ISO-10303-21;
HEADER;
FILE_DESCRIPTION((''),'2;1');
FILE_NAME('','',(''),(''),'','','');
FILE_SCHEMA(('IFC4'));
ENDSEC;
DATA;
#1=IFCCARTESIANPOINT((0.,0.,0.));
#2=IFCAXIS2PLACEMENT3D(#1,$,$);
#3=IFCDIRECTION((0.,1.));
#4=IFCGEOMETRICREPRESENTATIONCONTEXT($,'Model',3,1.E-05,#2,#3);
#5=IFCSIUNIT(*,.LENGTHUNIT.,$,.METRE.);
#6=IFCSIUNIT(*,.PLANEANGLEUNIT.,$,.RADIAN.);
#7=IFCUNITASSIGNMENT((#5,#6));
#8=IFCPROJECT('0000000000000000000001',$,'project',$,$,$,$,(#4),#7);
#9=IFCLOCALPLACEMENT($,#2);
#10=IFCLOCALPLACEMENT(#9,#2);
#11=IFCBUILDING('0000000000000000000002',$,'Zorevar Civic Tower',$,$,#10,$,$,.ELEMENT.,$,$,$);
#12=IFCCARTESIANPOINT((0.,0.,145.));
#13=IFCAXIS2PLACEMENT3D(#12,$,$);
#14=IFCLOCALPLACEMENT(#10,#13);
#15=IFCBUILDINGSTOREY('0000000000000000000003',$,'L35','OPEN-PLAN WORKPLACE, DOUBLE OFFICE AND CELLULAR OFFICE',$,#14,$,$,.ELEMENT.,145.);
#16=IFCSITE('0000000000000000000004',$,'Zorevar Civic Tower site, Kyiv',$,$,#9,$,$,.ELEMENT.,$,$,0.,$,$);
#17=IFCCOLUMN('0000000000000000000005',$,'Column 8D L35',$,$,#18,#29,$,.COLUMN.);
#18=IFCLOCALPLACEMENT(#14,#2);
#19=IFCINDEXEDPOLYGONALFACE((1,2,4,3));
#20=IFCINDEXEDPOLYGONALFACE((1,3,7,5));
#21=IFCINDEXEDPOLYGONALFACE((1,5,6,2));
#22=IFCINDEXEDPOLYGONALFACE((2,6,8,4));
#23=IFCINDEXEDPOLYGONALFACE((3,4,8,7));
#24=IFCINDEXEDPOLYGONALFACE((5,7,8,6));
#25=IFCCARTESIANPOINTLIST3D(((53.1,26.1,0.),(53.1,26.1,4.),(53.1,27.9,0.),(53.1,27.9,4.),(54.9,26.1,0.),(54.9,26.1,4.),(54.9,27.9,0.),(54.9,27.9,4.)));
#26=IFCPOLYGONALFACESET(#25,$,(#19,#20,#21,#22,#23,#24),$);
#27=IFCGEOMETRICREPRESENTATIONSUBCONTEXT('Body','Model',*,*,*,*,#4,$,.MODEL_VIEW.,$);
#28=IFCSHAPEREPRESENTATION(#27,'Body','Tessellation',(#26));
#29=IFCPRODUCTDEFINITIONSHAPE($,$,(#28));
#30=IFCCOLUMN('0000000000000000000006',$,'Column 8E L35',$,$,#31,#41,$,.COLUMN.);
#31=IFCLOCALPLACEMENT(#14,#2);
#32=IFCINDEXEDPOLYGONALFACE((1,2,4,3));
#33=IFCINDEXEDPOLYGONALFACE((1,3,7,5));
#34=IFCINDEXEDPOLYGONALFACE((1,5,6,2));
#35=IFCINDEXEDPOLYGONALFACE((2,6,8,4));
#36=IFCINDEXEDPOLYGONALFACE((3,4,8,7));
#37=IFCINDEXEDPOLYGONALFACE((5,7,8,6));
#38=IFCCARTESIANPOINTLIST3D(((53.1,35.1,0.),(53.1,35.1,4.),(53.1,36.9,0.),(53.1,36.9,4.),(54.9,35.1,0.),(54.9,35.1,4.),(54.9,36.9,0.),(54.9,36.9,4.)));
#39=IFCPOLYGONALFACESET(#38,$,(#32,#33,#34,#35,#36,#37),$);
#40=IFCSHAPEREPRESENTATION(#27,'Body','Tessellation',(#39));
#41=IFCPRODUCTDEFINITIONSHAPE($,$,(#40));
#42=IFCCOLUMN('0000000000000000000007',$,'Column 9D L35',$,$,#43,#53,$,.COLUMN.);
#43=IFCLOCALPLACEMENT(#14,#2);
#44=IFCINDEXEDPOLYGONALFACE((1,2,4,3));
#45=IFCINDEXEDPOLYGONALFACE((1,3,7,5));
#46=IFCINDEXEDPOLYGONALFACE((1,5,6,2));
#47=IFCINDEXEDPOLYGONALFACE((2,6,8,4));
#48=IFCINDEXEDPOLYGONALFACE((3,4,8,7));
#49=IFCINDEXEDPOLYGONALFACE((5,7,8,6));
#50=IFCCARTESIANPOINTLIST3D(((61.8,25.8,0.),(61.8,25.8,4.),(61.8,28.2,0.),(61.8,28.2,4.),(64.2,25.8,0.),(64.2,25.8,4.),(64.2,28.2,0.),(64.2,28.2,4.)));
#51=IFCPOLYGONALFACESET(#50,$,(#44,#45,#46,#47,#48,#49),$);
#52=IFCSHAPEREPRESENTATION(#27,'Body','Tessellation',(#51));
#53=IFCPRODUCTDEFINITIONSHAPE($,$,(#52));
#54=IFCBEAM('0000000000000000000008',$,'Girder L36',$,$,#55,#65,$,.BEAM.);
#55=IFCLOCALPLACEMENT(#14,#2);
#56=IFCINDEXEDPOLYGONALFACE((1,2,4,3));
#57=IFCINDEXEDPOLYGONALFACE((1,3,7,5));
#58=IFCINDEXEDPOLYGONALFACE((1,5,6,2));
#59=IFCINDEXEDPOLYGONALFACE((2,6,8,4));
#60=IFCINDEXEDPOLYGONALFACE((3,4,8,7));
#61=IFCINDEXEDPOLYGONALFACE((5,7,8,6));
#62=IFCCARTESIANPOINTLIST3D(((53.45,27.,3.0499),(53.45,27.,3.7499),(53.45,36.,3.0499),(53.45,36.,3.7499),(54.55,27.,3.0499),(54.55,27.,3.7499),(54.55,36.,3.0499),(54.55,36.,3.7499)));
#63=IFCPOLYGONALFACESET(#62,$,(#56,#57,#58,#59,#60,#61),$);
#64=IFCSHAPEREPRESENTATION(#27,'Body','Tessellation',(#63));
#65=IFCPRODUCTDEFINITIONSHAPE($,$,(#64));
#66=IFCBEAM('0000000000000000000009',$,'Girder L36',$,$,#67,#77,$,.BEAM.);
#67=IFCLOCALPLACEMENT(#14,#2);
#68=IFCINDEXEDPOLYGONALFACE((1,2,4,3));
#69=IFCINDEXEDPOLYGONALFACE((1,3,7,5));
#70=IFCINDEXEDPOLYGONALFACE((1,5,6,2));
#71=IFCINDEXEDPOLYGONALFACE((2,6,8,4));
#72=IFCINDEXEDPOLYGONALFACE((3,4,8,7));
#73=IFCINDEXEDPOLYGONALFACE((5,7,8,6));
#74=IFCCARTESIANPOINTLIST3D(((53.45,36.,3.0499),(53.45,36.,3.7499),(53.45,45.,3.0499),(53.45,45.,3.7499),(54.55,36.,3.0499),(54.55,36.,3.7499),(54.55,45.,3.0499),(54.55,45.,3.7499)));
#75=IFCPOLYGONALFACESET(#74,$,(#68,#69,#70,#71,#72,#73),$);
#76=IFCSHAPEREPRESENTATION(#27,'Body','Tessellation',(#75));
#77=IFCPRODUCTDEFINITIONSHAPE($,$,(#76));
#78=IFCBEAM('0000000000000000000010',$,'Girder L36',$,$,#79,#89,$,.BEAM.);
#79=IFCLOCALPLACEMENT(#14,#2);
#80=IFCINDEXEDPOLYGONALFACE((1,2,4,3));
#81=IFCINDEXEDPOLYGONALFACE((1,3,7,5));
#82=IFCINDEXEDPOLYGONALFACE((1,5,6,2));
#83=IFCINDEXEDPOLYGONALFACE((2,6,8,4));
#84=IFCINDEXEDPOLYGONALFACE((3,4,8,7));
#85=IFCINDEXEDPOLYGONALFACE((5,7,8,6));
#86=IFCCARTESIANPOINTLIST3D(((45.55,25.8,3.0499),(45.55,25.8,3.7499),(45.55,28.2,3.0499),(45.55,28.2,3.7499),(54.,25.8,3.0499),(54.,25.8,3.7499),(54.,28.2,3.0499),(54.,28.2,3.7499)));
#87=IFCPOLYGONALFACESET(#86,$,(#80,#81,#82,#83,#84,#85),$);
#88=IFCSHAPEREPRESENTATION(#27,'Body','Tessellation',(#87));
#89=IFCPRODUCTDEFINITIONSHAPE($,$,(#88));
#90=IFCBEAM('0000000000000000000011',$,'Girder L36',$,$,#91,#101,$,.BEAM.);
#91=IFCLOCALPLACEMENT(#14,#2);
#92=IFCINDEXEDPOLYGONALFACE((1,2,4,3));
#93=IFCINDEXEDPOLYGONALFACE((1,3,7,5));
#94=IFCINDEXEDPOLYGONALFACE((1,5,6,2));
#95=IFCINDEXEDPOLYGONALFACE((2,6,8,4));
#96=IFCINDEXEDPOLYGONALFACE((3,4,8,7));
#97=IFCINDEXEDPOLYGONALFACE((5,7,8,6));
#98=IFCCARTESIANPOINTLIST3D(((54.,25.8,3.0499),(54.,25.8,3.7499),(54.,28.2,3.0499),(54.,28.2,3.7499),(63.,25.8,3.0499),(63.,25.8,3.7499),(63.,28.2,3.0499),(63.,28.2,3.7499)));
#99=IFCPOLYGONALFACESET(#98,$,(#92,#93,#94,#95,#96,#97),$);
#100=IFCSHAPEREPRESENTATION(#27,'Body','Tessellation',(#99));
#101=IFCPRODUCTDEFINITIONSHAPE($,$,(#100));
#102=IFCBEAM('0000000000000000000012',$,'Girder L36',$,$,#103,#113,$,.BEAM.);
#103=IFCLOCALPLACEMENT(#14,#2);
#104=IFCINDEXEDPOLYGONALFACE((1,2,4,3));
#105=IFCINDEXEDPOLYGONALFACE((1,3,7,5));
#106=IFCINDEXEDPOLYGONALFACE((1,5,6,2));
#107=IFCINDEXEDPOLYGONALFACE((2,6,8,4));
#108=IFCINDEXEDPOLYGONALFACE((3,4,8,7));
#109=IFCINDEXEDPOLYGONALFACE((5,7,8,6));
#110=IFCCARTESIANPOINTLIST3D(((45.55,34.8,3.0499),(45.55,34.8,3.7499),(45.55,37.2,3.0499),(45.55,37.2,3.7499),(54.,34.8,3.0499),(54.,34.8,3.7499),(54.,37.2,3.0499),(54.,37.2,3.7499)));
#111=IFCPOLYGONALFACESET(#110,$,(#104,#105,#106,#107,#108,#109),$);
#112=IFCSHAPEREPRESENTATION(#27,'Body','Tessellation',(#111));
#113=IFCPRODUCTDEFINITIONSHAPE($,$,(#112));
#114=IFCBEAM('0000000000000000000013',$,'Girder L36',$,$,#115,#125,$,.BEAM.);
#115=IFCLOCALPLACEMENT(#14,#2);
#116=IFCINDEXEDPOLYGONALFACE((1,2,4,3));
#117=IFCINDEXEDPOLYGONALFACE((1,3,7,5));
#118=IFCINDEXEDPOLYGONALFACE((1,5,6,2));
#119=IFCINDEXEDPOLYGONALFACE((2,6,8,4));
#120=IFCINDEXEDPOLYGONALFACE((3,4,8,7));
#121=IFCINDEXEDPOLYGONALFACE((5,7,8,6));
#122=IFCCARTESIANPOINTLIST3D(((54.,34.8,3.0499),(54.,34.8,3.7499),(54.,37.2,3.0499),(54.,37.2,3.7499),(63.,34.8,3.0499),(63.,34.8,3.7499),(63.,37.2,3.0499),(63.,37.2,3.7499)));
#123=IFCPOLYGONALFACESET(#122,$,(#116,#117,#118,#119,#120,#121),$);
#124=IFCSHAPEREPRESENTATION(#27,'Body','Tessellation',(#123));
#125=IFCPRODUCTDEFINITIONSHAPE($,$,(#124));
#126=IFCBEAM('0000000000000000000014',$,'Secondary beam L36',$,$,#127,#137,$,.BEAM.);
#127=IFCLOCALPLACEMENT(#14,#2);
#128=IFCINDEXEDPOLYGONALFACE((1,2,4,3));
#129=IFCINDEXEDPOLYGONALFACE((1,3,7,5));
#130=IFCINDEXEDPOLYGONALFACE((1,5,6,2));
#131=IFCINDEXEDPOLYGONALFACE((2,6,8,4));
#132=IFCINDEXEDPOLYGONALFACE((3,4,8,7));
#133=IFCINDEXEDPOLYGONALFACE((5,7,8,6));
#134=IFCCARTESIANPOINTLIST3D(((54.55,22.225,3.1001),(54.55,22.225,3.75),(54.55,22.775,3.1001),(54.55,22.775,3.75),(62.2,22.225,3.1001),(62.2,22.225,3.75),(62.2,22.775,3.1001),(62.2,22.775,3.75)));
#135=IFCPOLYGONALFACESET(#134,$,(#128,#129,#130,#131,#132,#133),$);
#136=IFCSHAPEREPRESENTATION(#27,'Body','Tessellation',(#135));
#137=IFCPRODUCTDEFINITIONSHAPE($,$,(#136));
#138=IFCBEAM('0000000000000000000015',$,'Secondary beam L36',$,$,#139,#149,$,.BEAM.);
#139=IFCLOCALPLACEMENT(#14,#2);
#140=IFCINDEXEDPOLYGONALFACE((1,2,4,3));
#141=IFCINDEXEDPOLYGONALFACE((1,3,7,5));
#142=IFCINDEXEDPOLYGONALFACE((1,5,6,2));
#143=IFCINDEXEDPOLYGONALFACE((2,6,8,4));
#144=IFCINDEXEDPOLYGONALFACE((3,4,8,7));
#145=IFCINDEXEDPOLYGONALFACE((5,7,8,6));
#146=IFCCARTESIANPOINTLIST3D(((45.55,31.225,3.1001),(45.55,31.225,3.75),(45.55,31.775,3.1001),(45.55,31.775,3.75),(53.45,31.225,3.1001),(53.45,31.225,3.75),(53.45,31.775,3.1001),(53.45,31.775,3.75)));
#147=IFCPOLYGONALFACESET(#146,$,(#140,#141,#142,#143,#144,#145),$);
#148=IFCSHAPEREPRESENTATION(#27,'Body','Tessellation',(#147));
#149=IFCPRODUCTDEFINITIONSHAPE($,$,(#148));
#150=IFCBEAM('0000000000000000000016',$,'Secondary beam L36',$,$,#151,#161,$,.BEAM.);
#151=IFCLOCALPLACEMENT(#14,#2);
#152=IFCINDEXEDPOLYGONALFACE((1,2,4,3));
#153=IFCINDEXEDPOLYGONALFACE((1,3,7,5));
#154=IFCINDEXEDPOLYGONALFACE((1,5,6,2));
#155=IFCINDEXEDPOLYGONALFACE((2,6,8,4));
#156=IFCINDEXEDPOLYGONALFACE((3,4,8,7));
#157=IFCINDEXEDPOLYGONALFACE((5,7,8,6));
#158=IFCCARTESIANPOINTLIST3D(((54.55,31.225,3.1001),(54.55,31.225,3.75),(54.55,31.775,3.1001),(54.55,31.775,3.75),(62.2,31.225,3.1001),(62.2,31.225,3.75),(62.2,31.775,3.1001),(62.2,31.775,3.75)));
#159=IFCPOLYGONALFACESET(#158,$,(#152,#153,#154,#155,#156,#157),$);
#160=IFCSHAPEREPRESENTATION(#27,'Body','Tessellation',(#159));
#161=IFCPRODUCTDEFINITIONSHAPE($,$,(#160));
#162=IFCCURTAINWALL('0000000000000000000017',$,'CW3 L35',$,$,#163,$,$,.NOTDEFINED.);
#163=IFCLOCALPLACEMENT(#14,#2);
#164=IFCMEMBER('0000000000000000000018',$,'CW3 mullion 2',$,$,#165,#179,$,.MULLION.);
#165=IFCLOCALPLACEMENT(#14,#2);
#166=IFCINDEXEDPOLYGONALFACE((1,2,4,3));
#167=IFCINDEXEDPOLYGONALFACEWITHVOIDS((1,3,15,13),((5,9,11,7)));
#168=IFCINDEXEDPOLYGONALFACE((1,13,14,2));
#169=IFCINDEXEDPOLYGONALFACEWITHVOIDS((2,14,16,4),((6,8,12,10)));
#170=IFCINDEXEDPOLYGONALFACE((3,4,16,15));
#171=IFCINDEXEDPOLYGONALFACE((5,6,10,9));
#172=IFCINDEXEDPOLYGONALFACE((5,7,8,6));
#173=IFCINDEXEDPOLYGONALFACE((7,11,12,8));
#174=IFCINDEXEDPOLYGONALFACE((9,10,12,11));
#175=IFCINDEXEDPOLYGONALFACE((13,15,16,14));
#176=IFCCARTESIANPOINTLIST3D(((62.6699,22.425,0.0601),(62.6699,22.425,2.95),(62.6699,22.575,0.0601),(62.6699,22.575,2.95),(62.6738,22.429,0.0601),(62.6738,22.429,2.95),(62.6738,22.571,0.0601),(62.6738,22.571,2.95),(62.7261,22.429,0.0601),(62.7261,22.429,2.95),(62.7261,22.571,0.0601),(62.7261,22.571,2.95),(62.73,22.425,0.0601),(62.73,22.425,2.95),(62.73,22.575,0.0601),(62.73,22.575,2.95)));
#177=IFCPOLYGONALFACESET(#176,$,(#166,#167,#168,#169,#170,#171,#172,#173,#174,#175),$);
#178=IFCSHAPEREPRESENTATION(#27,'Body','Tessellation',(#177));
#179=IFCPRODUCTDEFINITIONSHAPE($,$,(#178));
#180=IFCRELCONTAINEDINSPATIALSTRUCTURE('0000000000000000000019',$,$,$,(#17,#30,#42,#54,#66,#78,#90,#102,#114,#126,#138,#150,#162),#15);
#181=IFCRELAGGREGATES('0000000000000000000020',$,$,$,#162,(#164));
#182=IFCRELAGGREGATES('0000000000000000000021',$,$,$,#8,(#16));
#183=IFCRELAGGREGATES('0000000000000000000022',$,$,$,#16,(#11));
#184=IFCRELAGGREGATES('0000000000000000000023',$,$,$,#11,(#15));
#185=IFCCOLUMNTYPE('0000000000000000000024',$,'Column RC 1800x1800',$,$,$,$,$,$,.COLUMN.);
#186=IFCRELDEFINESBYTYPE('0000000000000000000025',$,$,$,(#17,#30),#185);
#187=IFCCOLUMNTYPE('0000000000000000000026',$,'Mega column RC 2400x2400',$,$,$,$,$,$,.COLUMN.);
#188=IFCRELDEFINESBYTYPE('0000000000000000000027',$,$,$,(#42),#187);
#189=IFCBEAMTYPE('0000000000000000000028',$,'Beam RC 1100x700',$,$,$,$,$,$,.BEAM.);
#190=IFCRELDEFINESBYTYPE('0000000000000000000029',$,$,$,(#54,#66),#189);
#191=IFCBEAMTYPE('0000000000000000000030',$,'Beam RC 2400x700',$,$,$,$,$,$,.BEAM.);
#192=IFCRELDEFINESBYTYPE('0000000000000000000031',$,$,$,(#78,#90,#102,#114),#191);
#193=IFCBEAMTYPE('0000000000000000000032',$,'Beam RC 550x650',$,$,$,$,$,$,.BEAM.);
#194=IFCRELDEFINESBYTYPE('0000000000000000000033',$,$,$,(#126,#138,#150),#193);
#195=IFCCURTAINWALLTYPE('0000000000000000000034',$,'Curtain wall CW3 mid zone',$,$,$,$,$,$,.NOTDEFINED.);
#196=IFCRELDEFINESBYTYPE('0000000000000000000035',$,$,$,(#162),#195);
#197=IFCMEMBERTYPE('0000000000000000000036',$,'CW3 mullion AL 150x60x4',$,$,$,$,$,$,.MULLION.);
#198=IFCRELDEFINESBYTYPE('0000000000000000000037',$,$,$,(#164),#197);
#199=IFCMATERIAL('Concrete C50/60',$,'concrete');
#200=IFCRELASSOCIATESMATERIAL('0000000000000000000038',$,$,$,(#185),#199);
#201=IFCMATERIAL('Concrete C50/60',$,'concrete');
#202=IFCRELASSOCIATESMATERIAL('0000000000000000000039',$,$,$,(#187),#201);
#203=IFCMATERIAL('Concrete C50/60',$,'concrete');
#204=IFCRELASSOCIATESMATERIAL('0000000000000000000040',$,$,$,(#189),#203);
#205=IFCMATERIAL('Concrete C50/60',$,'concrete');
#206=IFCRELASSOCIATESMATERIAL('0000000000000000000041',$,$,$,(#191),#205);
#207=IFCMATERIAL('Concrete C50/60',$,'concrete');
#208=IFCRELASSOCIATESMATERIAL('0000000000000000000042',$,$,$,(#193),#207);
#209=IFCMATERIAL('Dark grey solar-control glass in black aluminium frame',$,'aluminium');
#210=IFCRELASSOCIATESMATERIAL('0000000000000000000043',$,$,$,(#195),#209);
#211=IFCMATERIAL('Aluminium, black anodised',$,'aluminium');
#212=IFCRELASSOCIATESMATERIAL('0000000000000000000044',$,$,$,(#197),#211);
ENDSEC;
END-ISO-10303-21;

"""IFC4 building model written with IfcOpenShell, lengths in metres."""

from ifc_helpers import new_model, si_unit, direction, frame, origin, origin_2d, place, context, subcontext, project, spatial, rectangle, hollow_rectangle, extrude, material, material_profile, profile_set, type_object, element, aggregate, save


model = new_model("IFC4")

# Units and contexts
model_context = context("Model", 3, precision=1e-05, world=origin(), true_north=direction((0.0, 1.0)))
body_context = subcontext(model_context, "Body", "Model", "MODEL_VIEW")
ifc_project = project(units=[si_unit("LENGTHUNIT", "METRE"), si_unit("PLANEANGLEUNIT", "RADIAN")], contexts=[model_context])

# Site, building, storey
site_placement = place(None, origin())
site = spatial("IfcSite", under=ifc_project, at=site_placement, Name="Zorevar Civic Tower site, Kyiv", CompositionType="ELEMENT", RefElevation=0.0)
building_placement = place(site_placement, origin())
building = spatial("IfcBuilding", under=site, at=building_placement, Name="Zorevar Civic Tower", CompositionType="ELEMENT")
storey_placement = place(building_placement, frame((0.0, 0.0, 145.0)))
storey = spatial("IfcBuildingStorey", under=building, at=storey_placement, Name="L35", Description="OPEN-PLAN WORKPLACE, DOUBLE OFFICE AND CELLULAR OFFICE", CompositionType="ELEMENT", Elevation=145.0)

# Columns
ifc_material_1 = material(Name="Concrete C50/60", Category="concrete")
ifc_material_profile_1 = material_profile(ifc_material_1, rectangle(XDim=1.8, YDim=1.8, at=origin_2d()), Name="RC 1800x1800")
ifc_profile_set_1 = profile_set([ifc_material_profile_1], Name="Concrete C50/60")
column_type_1 = type_object("IfcColumnType", Name="Column RC 1800x1800", PredefinedType="COLUMN", material=ifc_profile_set_1)
for number, where, z_axis, x_axis, name in (
    (1, (54.0, 27.0, 0.0), (0.0, 0.0, 1.0), (1.0, 0.0, 0.0), "Column 8D L35"),
    (2, (54.0, 36.0, 0.0), (0.0, 0.0, 1.0), (1.0, 0.0, 0.0), "Column 8E L35"),
):
    element("IfcColumn", number, at=place(storey_placement, frame(where, z_axis=z_axis, x_axis=x_axis)), inside=storey, type_object=column_type_1, Name=name, PredefinedType="COLUMN", context=body_context, shape_type="SweptSolid", body=[
        extrude(rectangle(XDim=1.8, YDim=1.8, at=origin_2d()), origin(), (0.0, 0.0, 1.0), 4.0),
    ])
ifc_material_2 = material(Name="Concrete C50/60", Category="concrete")
ifc_material_profile_2 = material_profile(ifc_material_2, rectangle(XDim=2.3999, YDim=2.3999, at=origin_2d()), Name="RC 2400x2400")
ifc_profile_set_2 = profile_set([ifc_material_profile_2], Name="Concrete C50/60")
column_type_2 = type_object("IfcColumnType", Name="Mega column RC 2400x2400", PredefinedType="COLUMN", material=ifc_profile_set_2)
column_placement = place(storey_placement, frame((63.0, 27.0, 0.0), z_axis=(0.0, 0.0, 1.0), x_axis=(1.0, 0.0, 0.0)))
element("IfcColumn", 3, at=column_placement, inside=storey, type_object=column_type_2, Name="Column 9D L35", PredefinedType="COLUMN", context=body_context, shape_type="SweptSolid", body=[
    extrude(rectangle(XDim=2.3999, YDim=2.3999, at=origin_2d()), origin(), (0.0, 0.0, 1.0), 4.0),
])

# Beams
ifc_material_3 = material(Name="Concrete C50/60", Category="concrete")
ifc_material_profile_3 = material_profile(ifc_material_3, rectangle(XDim=1.1001, YDim=0.7, at=origin_2d()), Name="RC 1100x700")
ifc_profile_set_3 = profile_set([ifc_material_profile_3], Name="Concrete C50/60")
beam_type_1 = type_object("IfcBeamType", Name="Beam RC 1100x700", PredefinedType="BEAM", material=ifc_profile_set_3)
for number, where, z_axis, x_axis, name in (
    (4, (54.0, 27.0, 3.3999), (0.0, 1.0, 0.0), (-1.0, 0.0, 0.0), "Girder L36"),
    (5, (54.0, 36.0, 3.3999), (0.0, 1.0, 0.0), (-1.0, 0.0, 0.0), "Girder L36"),
):
    element("IfcBeam", number, at=place(storey_placement, frame(where, z_axis=z_axis, x_axis=x_axis)), inside=storey, type_object=beam_type_1, Name=name, PredefinedType="BEAM", context=body_context, shape_type="SweptSolid", body=[
        extrude(rectangle(XDim=1.1001, YDim=0.7, at=origin_2d()), origin(), (0.0, 0.0, 1.0), 9.0),
    ])
ifc_material_4 = material(Name="Concrete C50/60", Category="concrete")
ifc_material_profile_4 = material_profile(ifc_material_4, rectangle(XDim=2.3999, YDim=0.7, at=origin_2d()), Name="RC 2400x700")
ifc_profile_set_4 = profile_set([ifc_material_profile_4], Name="Concrete C50/60")
beam_type_2 = type_object("IfcBeamType", Name="Beam RC 2400x700", PredefinedType="BEAM", material=ifc_profile_set_4)
beam_1_placement = place(storey_placement, frame((45.55, 27.0, 3.3999), z_axis=(1.0, 0.0, 0.0), x_axis=(0.0, 1.0, 0.0)))
element("IfcBeam", 6, at=beam_1_placement, inside=storey, type_object=beam_type_2, Name="Girder L36", PredefinedType="BEAM", context=body_context, shape_type="SweptSolid", body=[
    extrude(rectangle(XDim=2.3999, YDim=0.7, at=origin_2d()), origin(), (0.0, 0.0, 1.0), 8.45),
])
beam_2_placement = place(storey_placement, frame((54.0, 27.0, 3.3999), z_axis=(1.0, 0.0, 0.0), x_axis=(0.0, 1.0, 0.0)))
element("IfcBeam", 7, at=beam_2_placement, inside=storey, type_object=beam_type_2, Name="Girder L36", PredefinedType="BEAM", context=body_context, shape_type="SweptSolid", body=[
    extrude(rectangle(XDim=2.3999, YDim=0.7, at=origin_2d()), origin(), (0.0, 0.0, 1.0), 9.0),
])
beam_3_placement = place(storey_placement, frame((45.55, 36.0, 3.3999), z_axis=(1.0, 0.0, 0.0), x_axis=(0.0, 1.0, 0.0)))
element("IfcBeam", 8, at=beam_3_placement, inside=storey, type_object=beam_type_2, Name="Girder L36", PredefinedType="BEAM", context=body_context, shape_type="SweptSolid", body=[
    extrude(rectangle(XDim=2.3999, YDim=0.7, at=origin_2d()), origin(), (0.0, 0.0, 1.0), 8.45),
])
beam_4_placement = place(storey_placement, frame((54.0, 36.0, 3.3999), z_axis=(1.0, 0.0, 0.0), x_axis=(0.0, 1.0, 0.0)))
element("IfcBeam", 9, at=beam_4_placement, inside=storey, type_object=beam_type_2, Name="Girder L36", PredefinedType="BEAM", context=body_context, shape_type="SweptSolid", body=[
    extrude(rectangle(XDim=2.3999, YDim=0.7, at=origin_2d()), origin(), (0.0, 0.0, 1.0), 9.0),
])
ifc_material_5 = material(Name="Concrete C50/60", Category="concrete")
ifc_material_profile_5 = material_profile(ifc_material_5, rectangle(XDim=0.55, YDim=0.6499, at=origin_2d()), Name="RC 550x650")
ifc_profile_set_5 = profile_set([ifc_material_profile_5], Name="Concrete C50/60")
beam_type_3 = type_object("IfcBeamType", Name="Beam RC 550x650", PredefinedType="BEAM", material=ifc_profile_set_5)
beam_5_placement = place(storey_placement, frame((54.55, 22.5, 3.425), z_axis=(1.0, 0.0, 0.0), x_axis=(0.0, 1.0, 0.0)))
element("IfcBeam", 10, at=beam_5_placement, inside=storey, type_object=beam_type_3, Name="Secondary beam L36", PredefinedType="BEAM", context=body_context, shape_type="SweptSolid", body=[
    extrude(rectangle(XDim=0.55, YDim=0.6499, at=origin_2d()), origin(), (0.0, 0.0, 1.0), 7.6499),
])
beam_6_placement = place(storey_placement, frame((45.55, 31.5, 3.425), z_axis=(1.0, 0.0, 0.0), x_axis=(0.0, 1.0, 0.0)))
element("IfcBeam", 11, at=beam_6_placement, inside=storey, type_object=beam_type_3, Name="Secondary beam L36", PredefinedType="BEAM", context=body_context, shape_type="SweptSolid", body=[
    extrude(rectangle(XDim=0.55, YDim=0.6499, at=origin_2d()), origin(), (0.0, 0.0, 1.0), 7.8999),
])
beam_7_placement = place(storey_placement, frame((54.55, 31.5, 3.425), z_axis=(1.0, 0.0, 0.0), x_axis=(0.0, 1.0, 0.0)))
element("IfcBeam", 12, at=beam_7_placement, inside=storey, type_object=beam_type_3, Name="Secondary beam L36", PredefinedType="BEAM", context=body_context, shape_type="SweptSolid", body=[
    extrude(rectangle(XDim=0.55, YDim=0.6499, at=origin_2d()), origin(), (0.0, 0.0, 1.0), 7.6499),
])

# Curtain wall, member
ifc_material_6 = material(Name="Dark grey solar-control glass in black aluminium frame", Category="aluminium")
curtain_wall_type = type_object("IfcCurtainWallType", Name="Curtain wall CW3 mid zone", PredefinedType="NOTDEFINED", material=ifc_material_6)
curtain_wall_1_placement = place(storey_placement, origin())
curtain_wall_1 = element("IfcCurtainWall", 13, at=curtain_wall_1_placement, inside=storey, type_object=curtain_wall_type, Name="CW3 L35", PredefinedType="NOTDEFINED")
ifc_material_7 = material(Name="Aluminium, black anodised", Category="aluminium")
ifc_material_profile_6 = material_profile(ifc_material_7, hollow_rectangle(XDim=0.0601, YDim=0.1499, WallThickness=0.0039, at=origin_2d()), Name="AL 150x60x4")
ifc_profile_set_6 = profile_set([ifc_material_profile_6], Name="Aluminium, black anodised")
member_type_1 = type_object("IfcMemberType", Name="CW3 mullion AL 150x60x4", PredefinedType="MULLION", material=ifc_profile_set_6)
member_1_placement = place(storey_placement, frame((62.7, 22.5, 0.0601), z_axis=(0.0, 0.0, 1.0), x_axis=(-1.0, 0.0, 0.0)))
member_1 = element("IfcMember", 14, at=member_1_placement, type_object=member_type_1, Name="CW3 mullion 2", PredefinedType="MULLION", context=body_context, shape_type="SweptSolid", body=[
    extrude(hollow_rectangle(XDim=0.0601, YDim=0.1499, WallThickness=0.0039, at=origin_2d()), origin(), (0.0, 0.0, 1.0), 2.8899),
])

aggregate(curtain_wall_1, [member_1])

save(model, "model.ifc")
